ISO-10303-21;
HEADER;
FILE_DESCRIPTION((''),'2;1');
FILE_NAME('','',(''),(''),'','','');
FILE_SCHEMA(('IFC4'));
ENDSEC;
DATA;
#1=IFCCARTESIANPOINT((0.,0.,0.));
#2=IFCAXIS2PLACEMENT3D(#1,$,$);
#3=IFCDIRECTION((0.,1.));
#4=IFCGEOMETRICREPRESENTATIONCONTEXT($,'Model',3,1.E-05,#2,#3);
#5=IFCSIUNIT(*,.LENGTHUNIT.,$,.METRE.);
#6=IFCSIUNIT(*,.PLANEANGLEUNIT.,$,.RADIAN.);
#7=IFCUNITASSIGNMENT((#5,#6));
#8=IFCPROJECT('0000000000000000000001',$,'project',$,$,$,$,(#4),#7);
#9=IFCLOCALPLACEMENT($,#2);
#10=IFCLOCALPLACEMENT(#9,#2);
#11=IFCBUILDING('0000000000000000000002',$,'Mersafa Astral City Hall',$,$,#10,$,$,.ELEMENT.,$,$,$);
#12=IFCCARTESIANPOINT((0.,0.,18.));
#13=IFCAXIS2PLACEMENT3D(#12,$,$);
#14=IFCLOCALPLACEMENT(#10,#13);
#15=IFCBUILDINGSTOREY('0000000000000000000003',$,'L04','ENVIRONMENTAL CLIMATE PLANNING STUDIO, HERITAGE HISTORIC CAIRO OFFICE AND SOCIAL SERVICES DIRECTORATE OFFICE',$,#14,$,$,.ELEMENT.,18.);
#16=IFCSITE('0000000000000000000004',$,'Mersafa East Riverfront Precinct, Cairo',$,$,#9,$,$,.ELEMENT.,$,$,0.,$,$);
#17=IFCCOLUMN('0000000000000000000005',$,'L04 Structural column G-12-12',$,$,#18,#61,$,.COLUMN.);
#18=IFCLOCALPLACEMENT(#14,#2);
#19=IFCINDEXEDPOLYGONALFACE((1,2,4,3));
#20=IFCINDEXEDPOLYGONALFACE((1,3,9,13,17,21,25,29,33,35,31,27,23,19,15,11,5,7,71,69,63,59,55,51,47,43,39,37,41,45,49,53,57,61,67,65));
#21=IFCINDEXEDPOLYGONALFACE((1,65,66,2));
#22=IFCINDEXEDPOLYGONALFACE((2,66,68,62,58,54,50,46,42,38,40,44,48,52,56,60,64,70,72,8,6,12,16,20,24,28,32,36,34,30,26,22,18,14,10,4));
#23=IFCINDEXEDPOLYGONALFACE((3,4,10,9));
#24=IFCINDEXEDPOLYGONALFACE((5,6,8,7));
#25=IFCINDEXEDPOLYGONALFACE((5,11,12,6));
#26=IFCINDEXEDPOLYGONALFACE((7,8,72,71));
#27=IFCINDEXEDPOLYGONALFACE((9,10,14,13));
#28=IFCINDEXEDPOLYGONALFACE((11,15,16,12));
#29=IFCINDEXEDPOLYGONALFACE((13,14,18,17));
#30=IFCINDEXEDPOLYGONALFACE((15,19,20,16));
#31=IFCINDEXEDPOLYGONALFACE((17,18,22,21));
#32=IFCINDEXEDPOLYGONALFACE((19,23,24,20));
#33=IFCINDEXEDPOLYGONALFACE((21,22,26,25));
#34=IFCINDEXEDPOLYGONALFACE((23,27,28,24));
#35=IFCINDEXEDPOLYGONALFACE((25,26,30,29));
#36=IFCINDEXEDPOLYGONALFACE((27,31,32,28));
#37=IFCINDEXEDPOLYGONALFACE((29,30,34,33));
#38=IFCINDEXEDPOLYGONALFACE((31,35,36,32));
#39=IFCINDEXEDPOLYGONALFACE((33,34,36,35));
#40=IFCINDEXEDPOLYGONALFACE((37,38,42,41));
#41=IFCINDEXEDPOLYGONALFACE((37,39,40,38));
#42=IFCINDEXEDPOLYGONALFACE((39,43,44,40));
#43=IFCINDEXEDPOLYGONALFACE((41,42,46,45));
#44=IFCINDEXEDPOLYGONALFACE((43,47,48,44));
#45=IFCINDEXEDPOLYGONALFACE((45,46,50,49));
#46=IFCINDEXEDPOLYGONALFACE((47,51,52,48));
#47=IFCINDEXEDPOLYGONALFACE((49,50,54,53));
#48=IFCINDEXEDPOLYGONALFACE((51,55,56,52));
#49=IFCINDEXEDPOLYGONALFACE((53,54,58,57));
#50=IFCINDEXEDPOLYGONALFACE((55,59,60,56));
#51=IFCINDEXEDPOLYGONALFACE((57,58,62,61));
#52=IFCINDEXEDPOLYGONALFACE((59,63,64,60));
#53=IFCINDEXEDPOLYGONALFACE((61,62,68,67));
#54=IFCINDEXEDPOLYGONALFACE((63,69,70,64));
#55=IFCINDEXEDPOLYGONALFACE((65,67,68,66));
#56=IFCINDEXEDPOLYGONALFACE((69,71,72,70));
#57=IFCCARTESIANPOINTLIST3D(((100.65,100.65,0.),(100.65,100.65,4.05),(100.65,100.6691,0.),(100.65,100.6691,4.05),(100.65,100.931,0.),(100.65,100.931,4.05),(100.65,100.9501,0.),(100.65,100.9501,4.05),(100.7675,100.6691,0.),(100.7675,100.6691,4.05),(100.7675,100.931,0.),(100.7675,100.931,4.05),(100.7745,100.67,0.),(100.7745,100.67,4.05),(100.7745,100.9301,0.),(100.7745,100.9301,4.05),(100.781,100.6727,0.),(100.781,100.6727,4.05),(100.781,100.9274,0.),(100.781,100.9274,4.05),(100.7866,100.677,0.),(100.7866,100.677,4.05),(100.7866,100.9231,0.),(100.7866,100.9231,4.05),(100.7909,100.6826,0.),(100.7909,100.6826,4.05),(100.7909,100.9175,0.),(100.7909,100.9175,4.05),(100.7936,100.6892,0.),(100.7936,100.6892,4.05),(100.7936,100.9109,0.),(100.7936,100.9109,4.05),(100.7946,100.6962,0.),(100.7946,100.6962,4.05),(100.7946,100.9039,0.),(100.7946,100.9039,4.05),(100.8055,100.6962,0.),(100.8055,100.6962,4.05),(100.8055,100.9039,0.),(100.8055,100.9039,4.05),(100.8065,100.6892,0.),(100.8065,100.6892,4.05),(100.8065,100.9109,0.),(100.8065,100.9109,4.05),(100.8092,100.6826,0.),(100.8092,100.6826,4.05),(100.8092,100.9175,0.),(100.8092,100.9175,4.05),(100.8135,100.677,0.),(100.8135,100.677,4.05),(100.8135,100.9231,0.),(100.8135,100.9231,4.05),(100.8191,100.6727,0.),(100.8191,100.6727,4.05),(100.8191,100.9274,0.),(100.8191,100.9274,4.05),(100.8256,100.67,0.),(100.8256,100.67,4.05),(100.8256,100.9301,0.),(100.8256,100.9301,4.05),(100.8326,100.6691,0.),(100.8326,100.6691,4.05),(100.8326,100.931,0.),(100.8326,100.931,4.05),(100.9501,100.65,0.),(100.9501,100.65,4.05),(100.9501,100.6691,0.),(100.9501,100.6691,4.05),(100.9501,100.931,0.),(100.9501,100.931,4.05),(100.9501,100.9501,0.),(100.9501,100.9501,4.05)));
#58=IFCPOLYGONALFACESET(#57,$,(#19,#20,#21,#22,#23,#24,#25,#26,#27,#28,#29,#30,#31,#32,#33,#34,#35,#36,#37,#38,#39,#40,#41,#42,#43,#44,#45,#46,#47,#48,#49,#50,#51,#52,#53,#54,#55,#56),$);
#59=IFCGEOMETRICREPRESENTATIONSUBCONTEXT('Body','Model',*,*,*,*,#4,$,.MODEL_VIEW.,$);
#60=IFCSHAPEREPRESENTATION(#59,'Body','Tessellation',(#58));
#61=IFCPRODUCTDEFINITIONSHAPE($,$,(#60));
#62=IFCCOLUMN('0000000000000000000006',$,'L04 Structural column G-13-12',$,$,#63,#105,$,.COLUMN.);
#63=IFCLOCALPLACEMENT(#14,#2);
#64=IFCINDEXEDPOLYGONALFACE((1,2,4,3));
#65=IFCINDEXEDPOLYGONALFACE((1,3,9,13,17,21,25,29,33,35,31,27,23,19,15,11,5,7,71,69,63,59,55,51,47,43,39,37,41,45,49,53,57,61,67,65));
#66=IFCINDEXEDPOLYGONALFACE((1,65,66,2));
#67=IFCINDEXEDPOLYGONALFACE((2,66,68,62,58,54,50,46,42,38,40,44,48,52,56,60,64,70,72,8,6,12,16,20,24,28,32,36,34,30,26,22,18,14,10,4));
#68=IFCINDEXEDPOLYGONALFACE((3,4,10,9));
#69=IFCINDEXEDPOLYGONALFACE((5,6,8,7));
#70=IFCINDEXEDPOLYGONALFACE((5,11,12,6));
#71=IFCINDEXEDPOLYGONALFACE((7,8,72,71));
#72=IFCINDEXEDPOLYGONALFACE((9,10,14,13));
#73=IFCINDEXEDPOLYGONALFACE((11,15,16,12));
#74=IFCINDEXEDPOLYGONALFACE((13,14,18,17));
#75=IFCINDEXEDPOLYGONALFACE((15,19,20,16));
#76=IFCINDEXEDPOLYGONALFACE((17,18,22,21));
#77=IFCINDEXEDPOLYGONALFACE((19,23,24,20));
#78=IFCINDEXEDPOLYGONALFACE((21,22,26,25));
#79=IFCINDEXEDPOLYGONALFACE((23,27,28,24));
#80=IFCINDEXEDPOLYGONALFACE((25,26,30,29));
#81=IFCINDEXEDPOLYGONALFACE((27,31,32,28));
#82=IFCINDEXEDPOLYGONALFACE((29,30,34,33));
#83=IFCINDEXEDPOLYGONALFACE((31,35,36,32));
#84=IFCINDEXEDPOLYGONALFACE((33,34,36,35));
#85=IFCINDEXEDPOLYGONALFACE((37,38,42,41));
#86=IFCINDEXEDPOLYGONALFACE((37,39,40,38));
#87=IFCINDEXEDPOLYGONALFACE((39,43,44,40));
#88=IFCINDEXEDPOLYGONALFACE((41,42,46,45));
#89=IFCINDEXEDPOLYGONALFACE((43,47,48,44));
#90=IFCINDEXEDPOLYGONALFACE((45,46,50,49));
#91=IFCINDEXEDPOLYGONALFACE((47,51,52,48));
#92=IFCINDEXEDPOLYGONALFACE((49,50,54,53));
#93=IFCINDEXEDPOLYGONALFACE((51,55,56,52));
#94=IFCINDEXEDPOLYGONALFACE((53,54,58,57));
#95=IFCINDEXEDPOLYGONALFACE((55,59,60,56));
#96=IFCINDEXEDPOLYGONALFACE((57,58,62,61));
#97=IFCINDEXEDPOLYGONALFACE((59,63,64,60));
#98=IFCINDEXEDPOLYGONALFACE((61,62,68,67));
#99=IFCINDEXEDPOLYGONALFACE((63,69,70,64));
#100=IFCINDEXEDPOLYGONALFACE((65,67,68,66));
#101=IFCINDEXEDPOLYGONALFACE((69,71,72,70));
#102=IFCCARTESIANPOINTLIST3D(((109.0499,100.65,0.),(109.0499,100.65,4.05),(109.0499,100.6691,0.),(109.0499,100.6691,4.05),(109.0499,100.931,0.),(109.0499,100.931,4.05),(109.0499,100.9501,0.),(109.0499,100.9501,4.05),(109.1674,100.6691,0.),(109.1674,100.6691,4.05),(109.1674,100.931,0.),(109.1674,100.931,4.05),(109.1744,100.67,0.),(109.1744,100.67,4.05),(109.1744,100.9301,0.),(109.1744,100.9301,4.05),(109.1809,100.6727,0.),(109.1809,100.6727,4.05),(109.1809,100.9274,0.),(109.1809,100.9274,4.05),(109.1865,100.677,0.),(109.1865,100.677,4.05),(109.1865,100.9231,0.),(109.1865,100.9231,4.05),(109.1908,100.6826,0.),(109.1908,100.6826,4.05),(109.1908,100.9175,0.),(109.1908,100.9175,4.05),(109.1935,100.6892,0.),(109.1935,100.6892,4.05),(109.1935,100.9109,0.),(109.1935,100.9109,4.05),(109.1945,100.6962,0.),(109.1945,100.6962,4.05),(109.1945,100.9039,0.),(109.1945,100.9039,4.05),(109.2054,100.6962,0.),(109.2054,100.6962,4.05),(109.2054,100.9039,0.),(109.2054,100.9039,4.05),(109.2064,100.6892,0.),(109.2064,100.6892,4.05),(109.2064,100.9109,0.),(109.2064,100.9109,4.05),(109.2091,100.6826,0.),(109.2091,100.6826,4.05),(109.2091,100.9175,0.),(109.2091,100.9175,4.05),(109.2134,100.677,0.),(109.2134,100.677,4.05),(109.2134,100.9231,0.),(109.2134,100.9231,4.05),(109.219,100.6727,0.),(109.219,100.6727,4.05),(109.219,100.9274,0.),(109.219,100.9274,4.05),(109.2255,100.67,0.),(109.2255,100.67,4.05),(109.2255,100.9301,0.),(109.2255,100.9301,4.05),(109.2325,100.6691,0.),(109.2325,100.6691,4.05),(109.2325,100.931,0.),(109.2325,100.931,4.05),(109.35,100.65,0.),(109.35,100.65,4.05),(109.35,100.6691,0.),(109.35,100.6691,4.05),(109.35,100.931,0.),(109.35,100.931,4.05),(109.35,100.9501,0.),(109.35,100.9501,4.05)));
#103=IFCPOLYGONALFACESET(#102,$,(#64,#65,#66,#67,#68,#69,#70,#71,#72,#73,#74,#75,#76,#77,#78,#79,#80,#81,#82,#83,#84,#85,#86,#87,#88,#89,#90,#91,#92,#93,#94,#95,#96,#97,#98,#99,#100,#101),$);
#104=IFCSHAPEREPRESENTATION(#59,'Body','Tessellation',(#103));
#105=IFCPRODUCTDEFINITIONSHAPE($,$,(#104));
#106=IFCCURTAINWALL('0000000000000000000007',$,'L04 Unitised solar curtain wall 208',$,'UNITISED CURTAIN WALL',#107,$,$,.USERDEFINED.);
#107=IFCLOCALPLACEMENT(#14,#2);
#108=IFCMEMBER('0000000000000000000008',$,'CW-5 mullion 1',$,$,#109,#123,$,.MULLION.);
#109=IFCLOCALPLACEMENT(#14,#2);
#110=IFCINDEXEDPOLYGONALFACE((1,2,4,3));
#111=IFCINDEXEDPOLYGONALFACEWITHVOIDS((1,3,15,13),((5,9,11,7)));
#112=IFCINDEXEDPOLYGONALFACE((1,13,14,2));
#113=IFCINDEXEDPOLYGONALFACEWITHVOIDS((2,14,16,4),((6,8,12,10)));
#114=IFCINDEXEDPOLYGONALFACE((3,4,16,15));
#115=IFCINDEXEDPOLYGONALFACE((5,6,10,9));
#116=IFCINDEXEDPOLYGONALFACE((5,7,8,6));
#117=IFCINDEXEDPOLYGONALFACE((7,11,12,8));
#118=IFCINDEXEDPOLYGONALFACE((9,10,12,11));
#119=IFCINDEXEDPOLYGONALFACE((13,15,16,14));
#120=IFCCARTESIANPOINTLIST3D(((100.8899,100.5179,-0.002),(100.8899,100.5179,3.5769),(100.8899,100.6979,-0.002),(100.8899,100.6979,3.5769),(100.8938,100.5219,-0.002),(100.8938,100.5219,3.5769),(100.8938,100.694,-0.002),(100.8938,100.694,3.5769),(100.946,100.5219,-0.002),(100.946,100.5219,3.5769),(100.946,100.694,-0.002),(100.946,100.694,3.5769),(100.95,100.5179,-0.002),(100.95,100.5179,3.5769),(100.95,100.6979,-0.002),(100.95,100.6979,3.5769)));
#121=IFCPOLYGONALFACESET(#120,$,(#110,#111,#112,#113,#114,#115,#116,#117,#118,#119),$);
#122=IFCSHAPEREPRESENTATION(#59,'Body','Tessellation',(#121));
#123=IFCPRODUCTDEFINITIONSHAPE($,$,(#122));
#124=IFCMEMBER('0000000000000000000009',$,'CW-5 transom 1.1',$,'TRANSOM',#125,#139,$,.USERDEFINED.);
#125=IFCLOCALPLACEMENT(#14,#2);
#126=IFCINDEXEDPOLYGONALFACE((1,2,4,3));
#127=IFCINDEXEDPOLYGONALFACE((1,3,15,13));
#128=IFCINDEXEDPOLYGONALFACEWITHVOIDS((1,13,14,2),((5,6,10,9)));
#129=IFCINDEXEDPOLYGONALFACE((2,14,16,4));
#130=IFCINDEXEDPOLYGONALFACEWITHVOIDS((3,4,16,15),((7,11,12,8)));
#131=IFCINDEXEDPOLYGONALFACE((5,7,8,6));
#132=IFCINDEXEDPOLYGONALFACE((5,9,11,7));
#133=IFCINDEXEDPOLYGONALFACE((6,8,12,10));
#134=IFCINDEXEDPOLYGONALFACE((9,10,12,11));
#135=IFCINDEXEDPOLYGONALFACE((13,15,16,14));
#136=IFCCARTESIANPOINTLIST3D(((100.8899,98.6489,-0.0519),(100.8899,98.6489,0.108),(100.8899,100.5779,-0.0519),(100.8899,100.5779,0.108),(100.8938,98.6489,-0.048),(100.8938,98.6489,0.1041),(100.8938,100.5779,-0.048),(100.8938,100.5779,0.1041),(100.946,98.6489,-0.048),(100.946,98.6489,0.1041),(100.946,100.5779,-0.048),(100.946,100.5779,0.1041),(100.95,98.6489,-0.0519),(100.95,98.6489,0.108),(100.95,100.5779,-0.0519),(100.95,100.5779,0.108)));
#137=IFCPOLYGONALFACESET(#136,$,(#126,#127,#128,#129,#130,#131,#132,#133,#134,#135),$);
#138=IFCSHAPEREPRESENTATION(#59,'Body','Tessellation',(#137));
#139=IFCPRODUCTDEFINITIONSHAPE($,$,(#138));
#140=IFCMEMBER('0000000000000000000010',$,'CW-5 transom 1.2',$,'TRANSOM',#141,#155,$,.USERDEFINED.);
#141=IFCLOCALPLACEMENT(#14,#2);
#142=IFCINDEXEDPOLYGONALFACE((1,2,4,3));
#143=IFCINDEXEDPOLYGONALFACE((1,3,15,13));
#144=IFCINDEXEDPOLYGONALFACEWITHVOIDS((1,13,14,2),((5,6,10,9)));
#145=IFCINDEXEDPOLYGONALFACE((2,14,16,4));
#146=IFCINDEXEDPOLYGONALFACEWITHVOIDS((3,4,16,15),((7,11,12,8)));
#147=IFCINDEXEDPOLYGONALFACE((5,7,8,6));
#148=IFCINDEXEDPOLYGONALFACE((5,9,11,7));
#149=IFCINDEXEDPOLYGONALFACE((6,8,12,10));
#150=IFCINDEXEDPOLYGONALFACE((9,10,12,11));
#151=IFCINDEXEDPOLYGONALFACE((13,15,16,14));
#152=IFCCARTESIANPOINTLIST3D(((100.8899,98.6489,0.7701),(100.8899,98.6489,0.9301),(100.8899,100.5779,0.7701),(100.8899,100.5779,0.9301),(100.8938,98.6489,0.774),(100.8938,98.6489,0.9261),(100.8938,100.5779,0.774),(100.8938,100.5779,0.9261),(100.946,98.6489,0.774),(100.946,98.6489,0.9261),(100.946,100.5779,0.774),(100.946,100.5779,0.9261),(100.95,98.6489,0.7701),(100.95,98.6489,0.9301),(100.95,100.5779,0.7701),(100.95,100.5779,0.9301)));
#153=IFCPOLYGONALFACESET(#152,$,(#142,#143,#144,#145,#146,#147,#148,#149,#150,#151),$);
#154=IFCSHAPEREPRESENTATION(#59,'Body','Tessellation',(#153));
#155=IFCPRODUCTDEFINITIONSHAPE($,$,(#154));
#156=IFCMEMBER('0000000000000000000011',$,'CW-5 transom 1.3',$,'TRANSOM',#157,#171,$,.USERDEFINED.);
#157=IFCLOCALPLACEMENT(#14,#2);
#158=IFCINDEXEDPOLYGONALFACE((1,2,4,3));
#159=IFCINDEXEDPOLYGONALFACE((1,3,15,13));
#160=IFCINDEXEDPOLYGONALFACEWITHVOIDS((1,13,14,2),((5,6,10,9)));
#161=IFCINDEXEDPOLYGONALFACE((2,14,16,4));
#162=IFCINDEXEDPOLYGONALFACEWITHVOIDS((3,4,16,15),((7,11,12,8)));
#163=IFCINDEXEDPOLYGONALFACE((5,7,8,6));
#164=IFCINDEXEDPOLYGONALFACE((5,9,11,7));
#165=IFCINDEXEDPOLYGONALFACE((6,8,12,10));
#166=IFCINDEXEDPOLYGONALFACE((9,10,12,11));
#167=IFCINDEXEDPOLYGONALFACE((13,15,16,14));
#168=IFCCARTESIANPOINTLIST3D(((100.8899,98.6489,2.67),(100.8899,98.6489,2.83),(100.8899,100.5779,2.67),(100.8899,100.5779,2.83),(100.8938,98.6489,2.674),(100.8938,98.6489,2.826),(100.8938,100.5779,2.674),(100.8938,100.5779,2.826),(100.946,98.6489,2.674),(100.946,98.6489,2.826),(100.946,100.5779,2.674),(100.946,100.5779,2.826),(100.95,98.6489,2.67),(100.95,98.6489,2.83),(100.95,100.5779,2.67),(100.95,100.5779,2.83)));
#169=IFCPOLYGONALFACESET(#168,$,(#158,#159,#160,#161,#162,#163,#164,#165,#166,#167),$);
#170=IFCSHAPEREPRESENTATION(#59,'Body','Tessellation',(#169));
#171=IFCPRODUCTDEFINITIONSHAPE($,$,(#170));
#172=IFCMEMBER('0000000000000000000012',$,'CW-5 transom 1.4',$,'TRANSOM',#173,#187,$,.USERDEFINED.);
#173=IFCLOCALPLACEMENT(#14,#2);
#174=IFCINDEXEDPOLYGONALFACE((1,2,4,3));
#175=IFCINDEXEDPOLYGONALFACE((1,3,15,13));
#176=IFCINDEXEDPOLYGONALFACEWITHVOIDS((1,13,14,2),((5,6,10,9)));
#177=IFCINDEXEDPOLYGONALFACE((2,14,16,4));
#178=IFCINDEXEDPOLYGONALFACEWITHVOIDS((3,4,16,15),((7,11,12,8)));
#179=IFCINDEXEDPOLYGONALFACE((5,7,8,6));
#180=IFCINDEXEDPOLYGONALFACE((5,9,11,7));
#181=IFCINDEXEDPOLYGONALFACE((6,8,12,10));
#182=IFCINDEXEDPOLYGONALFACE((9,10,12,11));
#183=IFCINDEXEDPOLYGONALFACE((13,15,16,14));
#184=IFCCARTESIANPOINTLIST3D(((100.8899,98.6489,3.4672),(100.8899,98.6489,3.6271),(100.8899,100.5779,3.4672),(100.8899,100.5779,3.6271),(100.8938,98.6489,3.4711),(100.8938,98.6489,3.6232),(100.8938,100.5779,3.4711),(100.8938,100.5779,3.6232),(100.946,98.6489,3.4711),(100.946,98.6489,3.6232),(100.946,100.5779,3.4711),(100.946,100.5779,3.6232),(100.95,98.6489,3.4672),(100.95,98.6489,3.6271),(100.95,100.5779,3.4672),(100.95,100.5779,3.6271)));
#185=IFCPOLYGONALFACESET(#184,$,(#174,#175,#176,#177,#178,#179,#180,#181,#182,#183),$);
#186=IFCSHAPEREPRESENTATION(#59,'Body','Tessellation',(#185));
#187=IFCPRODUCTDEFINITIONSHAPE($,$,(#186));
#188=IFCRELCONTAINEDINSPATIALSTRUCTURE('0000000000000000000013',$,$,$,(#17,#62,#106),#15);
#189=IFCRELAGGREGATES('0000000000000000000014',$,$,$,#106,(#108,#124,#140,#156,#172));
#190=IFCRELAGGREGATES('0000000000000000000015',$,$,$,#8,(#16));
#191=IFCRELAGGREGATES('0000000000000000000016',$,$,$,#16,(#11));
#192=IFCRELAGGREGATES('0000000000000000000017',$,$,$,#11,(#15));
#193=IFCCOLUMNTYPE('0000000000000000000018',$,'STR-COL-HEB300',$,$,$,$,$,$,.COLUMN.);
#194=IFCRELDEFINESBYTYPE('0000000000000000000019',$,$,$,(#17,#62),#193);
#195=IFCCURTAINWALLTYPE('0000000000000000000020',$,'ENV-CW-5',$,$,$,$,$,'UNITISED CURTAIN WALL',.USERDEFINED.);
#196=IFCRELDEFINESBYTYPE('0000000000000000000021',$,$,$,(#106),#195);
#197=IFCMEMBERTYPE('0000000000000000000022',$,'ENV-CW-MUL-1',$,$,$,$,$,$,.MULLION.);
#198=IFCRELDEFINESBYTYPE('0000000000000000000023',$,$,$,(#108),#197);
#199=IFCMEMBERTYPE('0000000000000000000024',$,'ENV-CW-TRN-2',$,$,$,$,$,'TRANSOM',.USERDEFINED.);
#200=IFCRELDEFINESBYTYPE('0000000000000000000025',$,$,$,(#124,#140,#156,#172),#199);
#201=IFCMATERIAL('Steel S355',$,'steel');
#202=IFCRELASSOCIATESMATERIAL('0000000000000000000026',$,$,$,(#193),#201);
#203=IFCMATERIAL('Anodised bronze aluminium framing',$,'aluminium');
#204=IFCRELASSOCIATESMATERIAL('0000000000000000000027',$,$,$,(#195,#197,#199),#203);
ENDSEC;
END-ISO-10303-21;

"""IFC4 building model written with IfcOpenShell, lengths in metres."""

from ifc_helpers import new_model, si_unit, direction, frame, origin, origin_2d, place, context, subcontext, project, spatial, hollow_rectangle, i_section, extrude, material, material_profile, profile_set, type_object, element, aggregate, save


model = new_model("IFC4")

# Units and contexts
model_context = context("Model", 3, precision=1e-05, world=origin(), true_north=direction((0.0, 1.0)))
body_context = subcontext(model_context, "Body", "Model", "MODEL_VIEW")
ifc_project = project(units=[si_unit("LENGTHUNIT", "METRE"), si_unit("PLANEANGLEUNIT", "RADIAN")], contexts=[model_context])

# Site, building, storey
site_placement = place(None, origin())
site = spatial("IfcSite", under=ifc_project, at=site_placement, Name="Mersafa East Riverfront Precinct, Cairo", CompositionType="ELEMENT", RefElevation=0.0)
building_placement = place(site_placement, origin())
building = spatial("IfcBuilding", under=site, at=building_placement, Name="Mersafa Astral City Hall", CompositionType="ELEMENT")
storey_placement = place(building_placement, frame((0.0, 0.0, 18.0)))
storey = spatial("IfcBuildingStorey", under=building, at=storey_placement, Name="L04", Description="ENVIRONMENTAL CLIMATE PLANNING STUDIO, HERITAGE HISTORIC CAIRO OFFICE AND SOCIAL SERVICES DIRECTORATE OFFICE", CompositionType="ELEMENT", Elevation=18.0)

# Columns
ifc_material_1 = material(Name="Steel S355", Category="steel")
ifc_material_profile_1 = material_profile(ifc_material_1, i_section(OverallWidth=0.3, OverallDepth=0.3, WebThickness=0.011, FlangeThickness=0.019, FilletRadius=0.0271, at=origin_2d()), Name="HEB 300")
ifc_profile_set_1 = profile_set([ifc_material_profile_1], Name="Steel S355")
column_type = type_object("IfcColumnType", Name="STR-COL-HEB300", PredefinedType="COLUMN", material=ifc_profile_set_1)
for number, where, z_axis, x_axis, name in (
    (1, (100.8, 100.8, 0.0), (0.0, 0.0, 1.0), (1.0, 0.0, 0.0), "L04 Structural column G-12-12"),
    (2, (109.2, 100.8, 0.0), (0.0, 0.0, 1.0), (1.0, 0.0, 0.0), "L04 Structural column G-13-12"),
):
    element("IfcColumn", number, at=place(storey_placement, frame(where, z_axis=z_axis, x_axis=x_axis)), inside=storey, type_object=column_type, Name=name, PredefinedType="COLUMN", context=body_context, shape_type="SweptSolid", body=[
        extrude(i_section(OverallWidth=0.3, OverallDepth=0.3, WebThickness=0.011, FlangeThickness=0.019, FilletRadius=0.0271, at=origin_2d()), origin(), (0.0, 0.0, 1.0), 4.05),
    ])

# Curtain wall, members
ifc_material_2 = material(Name="Anodised bronze aluminium framing", Category="aluminium")
curtain_wall_type = type_object("IfcCurtainWallType", Name="ENV-CW-5", ElementType="UNITISED CURTAIN WALL", PredefinedType="USERDEFINED", material=ifc_material_2)
curtain_wall_placement = place(storey_placement, origin())
curtain_wall = element("IfcCurtainWall", 3, at=curtain_wall_placement, inside=storey, type_object=curtain_wall_type, Name="L04 Unitised solar curtain wall 208", ObjectType="UNITISED CURTAIN WALL", PredefinedType="USERDEFINED")
ifc_material_profile_2 = material_profile(ifc_material_2, hollow_rectangle(XDim=0.0601, YDim=0.1799, WallThickness=0.0039, at=origin_2d()), Name="RHS 60x180x4")
ifc_profile_set_2 = profile_set([ifc_material_profile_2], Name="Anodised bronze aluminium framing")
member_type_1 = type_object("IfcMemberType", Name="ENV-CW-MUL-1", PredefinedType="MULLION", material=ifc_profile_set_2)
member_1_placement = place(storey_placement, frame((100.9199, 100.6079, -0.002), z_axis=(0.0, 0.0, 1.0), x_axis=(1.0, 0.0, 0.0)))
member_1 = element("IfcMember", 4, at=member_1_placement, type_object=member_type_1, Name="CW-5 mullion 1", PredefinedType="MULLION", context=body_context, shape_type="SweptSolid", body=[
    extrude(hollow_rectangle(XDim=0.0601, YDim=0.1799, WallThickness=0.0039, at=origin_2d()), origin(), (0.0, 0.0, 1.0), 3.5789),
])
ifc_material_profile_3 = material_profile(ifc_material_2, hollow_rectangle(XDim=0.0601, YDim=0.1599, WallThickness=0.0039, at=origin_2d()), Name="RHS 60x160x4")
ifc_profile_set_3 = profile_set([ifc_material_profile_3], Name="Anodised bronze aluminium framing")
member_type_2 = type_object("IfcMemberType", Name="ENV-CW-TRN-2", ElementType="TRANSOM", PredefinedType="USERDEFINED", material=ifc_profile_set_3)
member_2_placement = place(storey_placement, frame((100.9199, 100.5779, 0.0281), z_axis=(0.0, -1.0, 0.0), x_axis=(1.0, 0.0, 0.0)))
member_2 = element("IfcMember", 5, at=member_2_placement, type_object=member_type_2, Name="CW-5 transom 1.1", ObjectType="TRANSOM", PredefinedType="USERDEFINED", context=body_context, shape_type="SweptSolid", body=[
    extrude(hollow_rectangle(XDim=0.0601, YDim=0.1599, WallThickness=0.0039, at=origin_2d()), origin(), (0.0, 0.0, 1.0), 1.929),
])
member_3_placement = place(storey_placement, frame((100.9199, 100.5779, 0.8501), z_axis=(0.0, -1.0, 0.0), x_axis=(1.0, 0.0, 0.0)))
member_3 = element("IfcMember", 6, at=member_3_placement, type_object=member_type_2, Name="CW-5 transom 1.2", ObjectType="TRANSOM", PredefinedType="USERDEFINED", context=body_context, shape_type="SweptSolid", body=[
    extrude(hollow_rectangle(XDim=0.0601, YDim=0.1599, WallThickness=0.0039, at=origin_2d()), origin(), (0.0, 0.0, 1.0), 1.929),
])
member_4_placement = place(storey_placement, frame((100.9199, 100.5779, 2.75), z_axis=(0.0, -1.0, 0.0), x_axis=(1.0, 0.0, 0.0)))
member_4 = element("IfcMember", 7, at=member_4_placement, type_object=member_type_2, Name="CW-5 transom 1.3", ObjectType="TRANSOM", PredefinedType="USERDEFINED", context=body_context, shape_type="SweptSolid", body=[
    extrude(hollow_rectangle(XDim=0.0601, YDim=0.1599, WallThickness=0.0039, at=origin_2d()), origin(), (0.0, 0.0, 1.0), 1.929),
])
member_5_placement = place(storey_placement, frame((100.9199, 100.5779, 3.5471), z_axis=(0.0, -1.0, 0.0), x_axis=(1.0, 0.0, 0.0)))
member_5 = element("IfcMember", 8, at=member_5_placement, type_object=member_type_2, Name="CW-5 transom 1.4", ObjectType="TRANSOM", PredefinedType="USERDEFINED", context=body_context, shape_type="SweptSolid", body=[
    extrude(hollow_rectangle(XDim=0.0601, YDim=0.1599, WallThickness=0.0039, at=origin_2d()), origin(), (0.0, 0.0, 1.0), 1.929),
])

aggregate(curtain_wall, [member_1, member_2, member_3, member_4, member_5])

save(model, "model.ifc")
